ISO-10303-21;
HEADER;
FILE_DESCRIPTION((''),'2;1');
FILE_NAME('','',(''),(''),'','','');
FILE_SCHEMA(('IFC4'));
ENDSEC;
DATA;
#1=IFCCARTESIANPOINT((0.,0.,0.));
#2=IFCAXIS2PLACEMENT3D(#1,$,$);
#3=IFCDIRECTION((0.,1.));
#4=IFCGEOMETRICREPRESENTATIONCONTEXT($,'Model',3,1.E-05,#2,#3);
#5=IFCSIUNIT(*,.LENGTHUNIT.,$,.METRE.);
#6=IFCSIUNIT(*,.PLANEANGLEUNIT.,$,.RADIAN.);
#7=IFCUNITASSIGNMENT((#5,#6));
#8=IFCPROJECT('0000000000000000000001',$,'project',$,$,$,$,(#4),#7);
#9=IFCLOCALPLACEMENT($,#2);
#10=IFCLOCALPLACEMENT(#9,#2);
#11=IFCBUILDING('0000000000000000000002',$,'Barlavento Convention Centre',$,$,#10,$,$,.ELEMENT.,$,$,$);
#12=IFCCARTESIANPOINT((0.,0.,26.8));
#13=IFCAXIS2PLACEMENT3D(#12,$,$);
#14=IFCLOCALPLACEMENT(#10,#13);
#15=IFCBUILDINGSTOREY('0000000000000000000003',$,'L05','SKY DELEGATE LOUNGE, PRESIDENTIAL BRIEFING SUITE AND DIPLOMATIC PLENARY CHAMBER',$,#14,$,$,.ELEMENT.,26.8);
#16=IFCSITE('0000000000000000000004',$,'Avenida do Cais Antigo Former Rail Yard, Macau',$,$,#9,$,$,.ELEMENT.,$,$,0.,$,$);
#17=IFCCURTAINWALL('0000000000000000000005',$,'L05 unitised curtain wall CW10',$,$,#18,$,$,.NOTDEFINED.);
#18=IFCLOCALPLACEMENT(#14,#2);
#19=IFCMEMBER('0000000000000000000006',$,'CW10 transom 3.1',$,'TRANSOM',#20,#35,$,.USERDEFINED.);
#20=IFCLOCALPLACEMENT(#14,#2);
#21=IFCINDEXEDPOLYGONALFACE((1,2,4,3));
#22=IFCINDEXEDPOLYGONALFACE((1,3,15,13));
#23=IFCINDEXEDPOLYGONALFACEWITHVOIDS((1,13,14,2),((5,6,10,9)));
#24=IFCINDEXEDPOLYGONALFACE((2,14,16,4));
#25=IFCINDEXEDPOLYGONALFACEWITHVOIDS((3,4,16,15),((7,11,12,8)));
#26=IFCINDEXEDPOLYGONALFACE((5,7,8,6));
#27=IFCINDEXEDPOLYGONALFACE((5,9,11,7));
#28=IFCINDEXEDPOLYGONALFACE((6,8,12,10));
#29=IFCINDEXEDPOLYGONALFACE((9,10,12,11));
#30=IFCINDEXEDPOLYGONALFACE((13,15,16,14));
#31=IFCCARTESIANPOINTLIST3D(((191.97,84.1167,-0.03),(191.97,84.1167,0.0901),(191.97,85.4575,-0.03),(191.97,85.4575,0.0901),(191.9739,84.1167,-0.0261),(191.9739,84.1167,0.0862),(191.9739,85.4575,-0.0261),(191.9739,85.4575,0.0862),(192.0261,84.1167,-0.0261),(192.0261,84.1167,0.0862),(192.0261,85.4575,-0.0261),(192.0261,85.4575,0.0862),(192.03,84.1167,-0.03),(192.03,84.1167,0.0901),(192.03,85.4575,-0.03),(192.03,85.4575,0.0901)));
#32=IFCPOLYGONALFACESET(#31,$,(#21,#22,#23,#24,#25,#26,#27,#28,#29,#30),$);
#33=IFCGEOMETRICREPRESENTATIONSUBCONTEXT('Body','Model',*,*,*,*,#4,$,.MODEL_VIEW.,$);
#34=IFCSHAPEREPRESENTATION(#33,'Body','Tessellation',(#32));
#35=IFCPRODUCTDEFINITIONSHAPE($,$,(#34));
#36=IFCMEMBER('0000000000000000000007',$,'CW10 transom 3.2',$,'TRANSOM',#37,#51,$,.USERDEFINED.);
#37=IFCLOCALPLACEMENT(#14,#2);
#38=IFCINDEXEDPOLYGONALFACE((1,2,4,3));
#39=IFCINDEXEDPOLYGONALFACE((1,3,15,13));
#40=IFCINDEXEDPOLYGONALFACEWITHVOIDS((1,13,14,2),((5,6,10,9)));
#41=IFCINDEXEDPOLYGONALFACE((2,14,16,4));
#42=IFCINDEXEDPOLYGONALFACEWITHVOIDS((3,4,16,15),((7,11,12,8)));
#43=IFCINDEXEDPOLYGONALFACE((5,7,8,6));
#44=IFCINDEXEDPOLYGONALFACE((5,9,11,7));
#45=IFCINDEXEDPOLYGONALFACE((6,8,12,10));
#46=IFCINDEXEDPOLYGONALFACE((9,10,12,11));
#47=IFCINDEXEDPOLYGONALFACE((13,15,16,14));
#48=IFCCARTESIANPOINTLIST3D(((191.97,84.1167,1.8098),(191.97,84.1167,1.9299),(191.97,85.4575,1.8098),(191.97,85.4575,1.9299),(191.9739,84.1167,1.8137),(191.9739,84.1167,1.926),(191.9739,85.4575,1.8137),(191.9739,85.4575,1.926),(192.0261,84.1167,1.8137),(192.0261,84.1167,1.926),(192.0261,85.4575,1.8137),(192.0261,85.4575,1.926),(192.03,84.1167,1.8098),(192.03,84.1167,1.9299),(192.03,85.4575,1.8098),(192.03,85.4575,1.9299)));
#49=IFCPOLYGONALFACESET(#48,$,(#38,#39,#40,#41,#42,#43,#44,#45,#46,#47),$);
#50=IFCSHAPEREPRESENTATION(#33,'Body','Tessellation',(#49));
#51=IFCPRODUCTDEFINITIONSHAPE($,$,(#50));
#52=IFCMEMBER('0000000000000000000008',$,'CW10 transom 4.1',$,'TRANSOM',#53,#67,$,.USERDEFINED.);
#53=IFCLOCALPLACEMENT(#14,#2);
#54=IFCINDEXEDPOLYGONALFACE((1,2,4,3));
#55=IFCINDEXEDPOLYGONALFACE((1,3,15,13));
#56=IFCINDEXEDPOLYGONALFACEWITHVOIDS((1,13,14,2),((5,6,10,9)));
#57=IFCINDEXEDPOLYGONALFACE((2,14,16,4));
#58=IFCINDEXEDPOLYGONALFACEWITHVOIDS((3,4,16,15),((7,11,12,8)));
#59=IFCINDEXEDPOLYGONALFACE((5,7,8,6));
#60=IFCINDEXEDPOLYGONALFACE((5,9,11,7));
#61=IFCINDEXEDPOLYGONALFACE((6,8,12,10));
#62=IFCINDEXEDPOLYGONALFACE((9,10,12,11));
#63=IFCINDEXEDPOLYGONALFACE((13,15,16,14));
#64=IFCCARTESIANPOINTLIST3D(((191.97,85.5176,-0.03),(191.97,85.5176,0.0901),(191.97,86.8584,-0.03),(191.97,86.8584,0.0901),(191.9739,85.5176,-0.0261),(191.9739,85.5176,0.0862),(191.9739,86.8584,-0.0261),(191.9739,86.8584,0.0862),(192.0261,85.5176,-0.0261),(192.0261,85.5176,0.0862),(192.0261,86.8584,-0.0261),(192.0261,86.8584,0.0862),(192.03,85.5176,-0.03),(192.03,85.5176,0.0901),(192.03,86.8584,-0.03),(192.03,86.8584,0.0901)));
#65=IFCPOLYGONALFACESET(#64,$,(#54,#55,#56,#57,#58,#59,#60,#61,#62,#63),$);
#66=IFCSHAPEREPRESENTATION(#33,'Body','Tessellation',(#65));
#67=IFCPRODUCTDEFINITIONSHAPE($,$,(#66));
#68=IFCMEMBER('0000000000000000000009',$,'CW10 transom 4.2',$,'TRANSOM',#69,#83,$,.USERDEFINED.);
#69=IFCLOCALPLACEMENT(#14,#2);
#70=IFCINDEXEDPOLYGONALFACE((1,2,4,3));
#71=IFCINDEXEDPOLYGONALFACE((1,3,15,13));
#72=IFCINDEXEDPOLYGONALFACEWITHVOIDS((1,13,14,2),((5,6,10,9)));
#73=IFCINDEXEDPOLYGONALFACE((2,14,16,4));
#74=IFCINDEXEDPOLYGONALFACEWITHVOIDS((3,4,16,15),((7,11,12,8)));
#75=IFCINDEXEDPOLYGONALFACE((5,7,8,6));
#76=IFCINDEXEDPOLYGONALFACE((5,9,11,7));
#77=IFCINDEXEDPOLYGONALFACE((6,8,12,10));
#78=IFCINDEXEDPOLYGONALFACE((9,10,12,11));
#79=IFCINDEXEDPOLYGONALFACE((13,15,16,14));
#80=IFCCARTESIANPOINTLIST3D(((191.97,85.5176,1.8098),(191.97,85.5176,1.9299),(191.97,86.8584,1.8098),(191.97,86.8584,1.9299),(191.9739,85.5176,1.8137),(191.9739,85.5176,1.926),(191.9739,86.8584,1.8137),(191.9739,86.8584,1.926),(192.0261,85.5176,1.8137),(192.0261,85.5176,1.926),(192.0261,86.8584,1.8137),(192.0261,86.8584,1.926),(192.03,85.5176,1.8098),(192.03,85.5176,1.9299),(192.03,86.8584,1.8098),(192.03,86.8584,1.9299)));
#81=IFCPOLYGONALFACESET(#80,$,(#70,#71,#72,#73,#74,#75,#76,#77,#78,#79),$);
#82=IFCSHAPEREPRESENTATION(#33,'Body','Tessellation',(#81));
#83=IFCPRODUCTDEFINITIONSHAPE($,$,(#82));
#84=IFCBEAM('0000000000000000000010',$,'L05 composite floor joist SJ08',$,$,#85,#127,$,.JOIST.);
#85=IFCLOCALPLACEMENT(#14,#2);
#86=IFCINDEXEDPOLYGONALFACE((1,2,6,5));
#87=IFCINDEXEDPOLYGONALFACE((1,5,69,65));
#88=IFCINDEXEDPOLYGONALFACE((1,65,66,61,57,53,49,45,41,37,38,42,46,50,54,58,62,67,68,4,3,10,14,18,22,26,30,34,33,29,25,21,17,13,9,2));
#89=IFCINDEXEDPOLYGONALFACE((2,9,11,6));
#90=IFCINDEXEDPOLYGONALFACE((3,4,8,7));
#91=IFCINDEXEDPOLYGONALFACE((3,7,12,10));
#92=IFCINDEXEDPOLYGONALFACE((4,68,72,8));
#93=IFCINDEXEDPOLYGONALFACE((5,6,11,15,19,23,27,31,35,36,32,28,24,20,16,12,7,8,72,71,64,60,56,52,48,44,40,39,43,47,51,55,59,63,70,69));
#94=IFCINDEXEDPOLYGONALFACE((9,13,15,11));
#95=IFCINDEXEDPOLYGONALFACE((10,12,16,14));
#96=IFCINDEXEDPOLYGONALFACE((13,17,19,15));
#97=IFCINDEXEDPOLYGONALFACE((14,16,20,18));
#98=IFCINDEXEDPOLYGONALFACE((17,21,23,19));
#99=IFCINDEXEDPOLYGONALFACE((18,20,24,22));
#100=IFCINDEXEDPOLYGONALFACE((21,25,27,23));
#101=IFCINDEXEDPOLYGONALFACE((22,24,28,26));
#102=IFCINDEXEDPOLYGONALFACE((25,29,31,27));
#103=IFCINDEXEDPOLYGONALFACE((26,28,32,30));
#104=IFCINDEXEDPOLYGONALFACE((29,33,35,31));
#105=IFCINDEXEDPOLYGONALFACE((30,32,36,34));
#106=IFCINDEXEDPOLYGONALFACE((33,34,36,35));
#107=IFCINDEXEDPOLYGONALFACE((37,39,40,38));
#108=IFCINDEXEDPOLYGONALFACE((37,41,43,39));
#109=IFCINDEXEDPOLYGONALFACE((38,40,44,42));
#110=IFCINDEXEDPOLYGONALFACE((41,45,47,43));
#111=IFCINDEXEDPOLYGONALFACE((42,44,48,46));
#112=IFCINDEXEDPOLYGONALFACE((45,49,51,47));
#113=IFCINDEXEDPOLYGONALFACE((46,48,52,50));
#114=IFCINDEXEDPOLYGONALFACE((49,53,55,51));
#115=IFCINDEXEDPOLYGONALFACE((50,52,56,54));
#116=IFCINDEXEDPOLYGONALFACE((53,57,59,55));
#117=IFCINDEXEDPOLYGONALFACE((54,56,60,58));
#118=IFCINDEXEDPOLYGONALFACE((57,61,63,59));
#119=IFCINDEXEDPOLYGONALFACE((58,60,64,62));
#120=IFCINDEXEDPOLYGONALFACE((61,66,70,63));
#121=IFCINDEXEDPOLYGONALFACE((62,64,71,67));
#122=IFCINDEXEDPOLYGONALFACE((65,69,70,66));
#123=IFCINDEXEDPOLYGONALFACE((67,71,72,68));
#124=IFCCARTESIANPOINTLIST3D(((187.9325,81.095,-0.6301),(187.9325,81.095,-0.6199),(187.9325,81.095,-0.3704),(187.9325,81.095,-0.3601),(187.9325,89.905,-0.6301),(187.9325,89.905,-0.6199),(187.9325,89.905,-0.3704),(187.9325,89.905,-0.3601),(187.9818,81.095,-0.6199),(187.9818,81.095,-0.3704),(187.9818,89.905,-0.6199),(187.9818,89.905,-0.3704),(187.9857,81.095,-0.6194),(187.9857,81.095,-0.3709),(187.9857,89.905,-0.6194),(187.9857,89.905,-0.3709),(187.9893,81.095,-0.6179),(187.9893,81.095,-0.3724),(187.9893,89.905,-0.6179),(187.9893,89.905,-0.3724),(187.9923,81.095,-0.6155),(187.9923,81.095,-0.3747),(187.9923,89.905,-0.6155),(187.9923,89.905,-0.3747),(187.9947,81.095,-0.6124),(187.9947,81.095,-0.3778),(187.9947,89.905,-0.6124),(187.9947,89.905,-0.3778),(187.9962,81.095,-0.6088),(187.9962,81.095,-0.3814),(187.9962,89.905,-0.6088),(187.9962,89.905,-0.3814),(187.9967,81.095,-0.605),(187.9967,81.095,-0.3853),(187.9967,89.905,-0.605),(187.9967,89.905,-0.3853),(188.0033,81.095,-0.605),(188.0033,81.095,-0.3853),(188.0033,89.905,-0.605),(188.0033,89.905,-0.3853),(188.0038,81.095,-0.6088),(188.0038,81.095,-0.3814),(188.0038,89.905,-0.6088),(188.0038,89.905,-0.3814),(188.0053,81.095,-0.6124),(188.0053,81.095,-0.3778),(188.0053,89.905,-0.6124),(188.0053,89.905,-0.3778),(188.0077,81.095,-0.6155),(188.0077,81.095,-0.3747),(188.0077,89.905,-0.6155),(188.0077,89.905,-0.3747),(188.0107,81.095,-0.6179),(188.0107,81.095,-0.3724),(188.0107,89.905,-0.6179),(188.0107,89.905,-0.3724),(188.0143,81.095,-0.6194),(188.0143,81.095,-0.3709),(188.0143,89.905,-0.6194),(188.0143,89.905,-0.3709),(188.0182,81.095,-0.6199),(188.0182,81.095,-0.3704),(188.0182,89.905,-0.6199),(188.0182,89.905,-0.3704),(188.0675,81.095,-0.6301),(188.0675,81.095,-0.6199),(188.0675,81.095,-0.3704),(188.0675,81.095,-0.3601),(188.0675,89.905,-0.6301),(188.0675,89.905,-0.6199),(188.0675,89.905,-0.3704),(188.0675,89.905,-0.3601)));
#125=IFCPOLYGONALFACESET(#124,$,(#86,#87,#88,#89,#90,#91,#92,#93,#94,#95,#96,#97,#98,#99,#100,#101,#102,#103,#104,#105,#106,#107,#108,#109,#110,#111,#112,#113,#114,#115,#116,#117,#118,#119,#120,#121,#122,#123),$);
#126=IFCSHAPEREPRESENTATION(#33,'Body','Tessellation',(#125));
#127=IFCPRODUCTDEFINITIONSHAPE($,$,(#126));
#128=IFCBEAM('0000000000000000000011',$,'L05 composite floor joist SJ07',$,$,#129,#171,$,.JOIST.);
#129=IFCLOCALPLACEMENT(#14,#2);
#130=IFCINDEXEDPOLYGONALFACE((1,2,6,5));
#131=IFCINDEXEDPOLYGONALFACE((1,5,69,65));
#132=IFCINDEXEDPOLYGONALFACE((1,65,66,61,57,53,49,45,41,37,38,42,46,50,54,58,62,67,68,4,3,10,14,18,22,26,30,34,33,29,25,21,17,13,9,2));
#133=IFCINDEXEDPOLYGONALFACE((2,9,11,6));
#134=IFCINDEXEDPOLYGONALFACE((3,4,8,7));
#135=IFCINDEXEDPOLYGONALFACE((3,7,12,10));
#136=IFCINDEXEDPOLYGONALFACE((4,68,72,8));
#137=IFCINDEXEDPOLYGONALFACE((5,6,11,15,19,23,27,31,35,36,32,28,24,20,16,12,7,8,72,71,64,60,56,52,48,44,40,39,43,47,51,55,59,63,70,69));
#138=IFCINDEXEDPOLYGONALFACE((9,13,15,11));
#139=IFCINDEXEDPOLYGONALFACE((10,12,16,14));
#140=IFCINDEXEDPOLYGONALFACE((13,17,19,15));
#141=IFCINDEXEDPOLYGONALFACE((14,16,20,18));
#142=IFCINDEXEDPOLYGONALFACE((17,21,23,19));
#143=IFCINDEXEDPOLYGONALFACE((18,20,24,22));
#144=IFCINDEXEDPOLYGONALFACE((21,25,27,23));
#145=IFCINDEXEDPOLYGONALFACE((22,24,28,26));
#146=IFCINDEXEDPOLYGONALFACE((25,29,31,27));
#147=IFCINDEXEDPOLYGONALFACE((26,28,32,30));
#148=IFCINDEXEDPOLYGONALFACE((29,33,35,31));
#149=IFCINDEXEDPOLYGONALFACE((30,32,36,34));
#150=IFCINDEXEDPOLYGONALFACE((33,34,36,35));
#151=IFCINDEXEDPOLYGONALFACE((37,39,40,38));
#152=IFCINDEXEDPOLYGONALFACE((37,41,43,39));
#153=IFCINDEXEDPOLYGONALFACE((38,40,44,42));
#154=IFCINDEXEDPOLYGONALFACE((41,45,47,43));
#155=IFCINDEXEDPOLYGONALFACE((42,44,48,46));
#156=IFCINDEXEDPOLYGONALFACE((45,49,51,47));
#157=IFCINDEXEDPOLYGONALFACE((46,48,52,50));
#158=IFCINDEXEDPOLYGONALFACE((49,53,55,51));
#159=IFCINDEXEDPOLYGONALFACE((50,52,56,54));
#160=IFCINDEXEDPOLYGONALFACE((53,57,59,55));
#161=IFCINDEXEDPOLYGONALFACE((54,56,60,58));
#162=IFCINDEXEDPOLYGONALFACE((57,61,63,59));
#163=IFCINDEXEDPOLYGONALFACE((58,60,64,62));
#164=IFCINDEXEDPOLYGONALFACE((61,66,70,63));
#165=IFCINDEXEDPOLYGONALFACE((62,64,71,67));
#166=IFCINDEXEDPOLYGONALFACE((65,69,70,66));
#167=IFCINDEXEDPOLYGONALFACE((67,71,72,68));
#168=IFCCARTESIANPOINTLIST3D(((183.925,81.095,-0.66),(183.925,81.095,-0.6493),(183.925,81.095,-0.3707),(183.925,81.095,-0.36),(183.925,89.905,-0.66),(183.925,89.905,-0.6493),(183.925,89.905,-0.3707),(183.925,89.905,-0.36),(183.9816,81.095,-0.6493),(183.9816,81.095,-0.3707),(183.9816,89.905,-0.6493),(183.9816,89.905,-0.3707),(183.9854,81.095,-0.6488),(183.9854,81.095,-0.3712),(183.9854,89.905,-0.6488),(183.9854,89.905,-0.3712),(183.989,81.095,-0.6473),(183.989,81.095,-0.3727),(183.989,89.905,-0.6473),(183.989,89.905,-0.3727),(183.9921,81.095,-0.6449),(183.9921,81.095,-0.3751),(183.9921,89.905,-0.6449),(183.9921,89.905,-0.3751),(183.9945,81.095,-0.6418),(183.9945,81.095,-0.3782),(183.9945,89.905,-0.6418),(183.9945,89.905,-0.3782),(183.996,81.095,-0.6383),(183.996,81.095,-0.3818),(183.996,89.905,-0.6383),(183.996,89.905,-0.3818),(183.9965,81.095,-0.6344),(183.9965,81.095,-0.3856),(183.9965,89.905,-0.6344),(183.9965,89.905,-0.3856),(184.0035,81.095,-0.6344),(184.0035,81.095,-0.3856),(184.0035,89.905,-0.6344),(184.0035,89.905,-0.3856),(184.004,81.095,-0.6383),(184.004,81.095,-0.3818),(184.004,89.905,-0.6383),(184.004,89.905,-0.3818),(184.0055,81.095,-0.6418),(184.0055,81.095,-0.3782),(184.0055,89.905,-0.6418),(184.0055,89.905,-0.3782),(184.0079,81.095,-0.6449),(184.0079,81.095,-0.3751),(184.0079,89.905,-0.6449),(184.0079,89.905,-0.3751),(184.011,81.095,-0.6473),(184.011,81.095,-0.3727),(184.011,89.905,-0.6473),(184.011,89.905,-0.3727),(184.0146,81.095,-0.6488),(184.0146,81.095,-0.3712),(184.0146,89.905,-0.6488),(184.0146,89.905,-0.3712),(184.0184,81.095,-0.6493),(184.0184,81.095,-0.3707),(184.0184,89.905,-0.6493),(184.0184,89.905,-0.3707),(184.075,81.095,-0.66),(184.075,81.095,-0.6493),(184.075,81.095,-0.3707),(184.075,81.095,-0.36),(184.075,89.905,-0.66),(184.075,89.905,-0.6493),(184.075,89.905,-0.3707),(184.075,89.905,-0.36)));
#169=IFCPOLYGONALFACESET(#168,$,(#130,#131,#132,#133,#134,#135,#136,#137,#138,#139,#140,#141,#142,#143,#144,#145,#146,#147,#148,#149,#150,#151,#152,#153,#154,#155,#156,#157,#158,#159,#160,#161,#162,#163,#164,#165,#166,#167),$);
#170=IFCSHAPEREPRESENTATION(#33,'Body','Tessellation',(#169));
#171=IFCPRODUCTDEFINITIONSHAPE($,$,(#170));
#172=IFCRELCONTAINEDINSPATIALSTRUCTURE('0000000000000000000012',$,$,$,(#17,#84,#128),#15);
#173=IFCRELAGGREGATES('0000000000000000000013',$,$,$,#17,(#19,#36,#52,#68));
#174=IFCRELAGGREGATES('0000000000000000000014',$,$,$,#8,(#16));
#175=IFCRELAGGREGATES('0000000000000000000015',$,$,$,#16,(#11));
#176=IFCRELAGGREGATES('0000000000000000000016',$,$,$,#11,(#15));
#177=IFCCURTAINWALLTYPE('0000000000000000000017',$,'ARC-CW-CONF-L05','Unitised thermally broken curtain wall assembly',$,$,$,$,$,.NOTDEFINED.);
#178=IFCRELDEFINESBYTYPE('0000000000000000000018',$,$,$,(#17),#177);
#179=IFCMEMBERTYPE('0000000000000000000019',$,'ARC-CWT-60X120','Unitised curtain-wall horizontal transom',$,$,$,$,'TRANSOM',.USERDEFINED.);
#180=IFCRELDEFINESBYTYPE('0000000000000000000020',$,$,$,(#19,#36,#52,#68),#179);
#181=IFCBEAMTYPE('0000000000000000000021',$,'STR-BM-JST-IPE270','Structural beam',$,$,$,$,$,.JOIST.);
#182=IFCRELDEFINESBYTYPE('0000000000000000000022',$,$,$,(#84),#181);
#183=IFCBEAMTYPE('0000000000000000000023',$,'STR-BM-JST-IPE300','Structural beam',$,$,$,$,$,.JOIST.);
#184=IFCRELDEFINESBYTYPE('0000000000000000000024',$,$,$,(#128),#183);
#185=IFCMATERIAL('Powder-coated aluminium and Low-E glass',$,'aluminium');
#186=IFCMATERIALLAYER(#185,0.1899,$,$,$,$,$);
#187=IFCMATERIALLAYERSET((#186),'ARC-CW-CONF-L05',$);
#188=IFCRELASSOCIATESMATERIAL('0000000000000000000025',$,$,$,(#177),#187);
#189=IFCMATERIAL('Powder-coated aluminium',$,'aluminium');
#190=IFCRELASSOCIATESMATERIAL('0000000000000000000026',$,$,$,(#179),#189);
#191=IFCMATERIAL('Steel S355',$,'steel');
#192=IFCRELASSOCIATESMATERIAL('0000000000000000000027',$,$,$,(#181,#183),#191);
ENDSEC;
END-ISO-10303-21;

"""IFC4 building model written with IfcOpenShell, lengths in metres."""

from ifc_helpers import new_model, si_unit, direction, frame, origin, origin_2d, place, context, subcontext, project, spatial, hollow_rectangle, i_section, extrude, material, layer, layer_set, material_profile, profile_set, type_object, element, aggregate, save


model = new_model("IFC4")

# Units and contexts
model_context = context("Model", 3, precision=1e-05, world=origin(), true_north=direction((0.0, 1.0)))
body_context = subcontext(model_context, "Body", "Model", "MODEL_VIEW")
ifc_project = project(units=[si_unit("LENGTHUNIT", "METRE"), si_unit("PLANEANGLEUNIT", "RADIAN")], contexts=[model_context])

# Site, building, storey
site_placement = place(None, origin())
site = spatial("IfcSite", under=ifc_project, at=site_placement, Name="Avenida do Cais Antigo Former Rail Yard, Macau", CompositionType="ELEMENT", RefElevation=0.0)
building_placement = place(site_placement, origin())
building = spatial("IfcBuilding", under=site, at=building_placement, Name="Barlavento Convention Centre", CompositionType="ELEMENT")
storey_placement = place(building_placement, frame((0.0, 0.0, 26.8)))
storey = spatial("IfcBuildingStorey", under=building, at=storey_placement, Name="L05", Description="SKY DELEGATE LOUNGE, PRESIDENTIAL BRIEFING SUITE AND DIPLOMATIC PLENARY CHAMBER", CompositionType="ELEMENT", Elevation=26.8)

# Shared definitions
ifc_material_1 = material(Name="Steel S355", Category="steel")

# Curtain wall, members
ifc_material_2 = material(Name="Powder-coated aluminium and Low-E glass", Category="aluminium")
ifc_layer_1 = layer(ifc_material_2, 0.1899)
ifc_layer_set_1 = layer_set([ifc_layer_1], Name="ARC-CW-CONF-L05")
curtain_wall_type = type_object("IfcCurtainWallType", Name="ARC-CW-CONF-L05", Description="Unitised thermally broken curtain wall assembly", PredefinedType="NOTDEFINED", material=ifc_layer_set_1)
curtain_wall_placement = place(storey_placement, origin())
curtain_wall = element("IfcCurtainWall", 1, at=curtain_wall_placement, inside=storey, type_object=curtain_wall_type, Name="L05 unitised curtain wall CW10", PredefinedType="NOTDEFINED")
ifc_material_3 = material(Name="Powder-coated aluminium", Category="aluminium")
ifc_material_profile_1 = material_profile(ifc_material_3, hollow_rectangle(XDim=0.0601, YDim=0.1201, WallThickness=0.0039, at=origin_2d()), Name="AL-TRAN 60x120x4")
ifc_profile_set_1 = profile_set([ifc_material_profile_1], Name="Powder-coated aluminium")
member_type_1 = type_object("IfcMemberType", Name="ARC-CWT-60X120", Description="Unitised curtain-wall horizontal transom", ElementType="TRANSOM", PredefinedType="USERDEFINED", material=ifc_profile_set_1)
member_1_placement = place(storey_placement, frame((192.0, 84.1167, 0.03), z_axis=(0.0, 1.0, 0.0), x_axis=(-1.0, 0.0, 0.0)))
member_1 = element("IfcMember", 2, at=member_1_placement, type_object=member_type_1, Name="CW10 transom 3.1", ObjectType="TRANSOM", PredefinedType="USERDEFINED", context=body_context, shape_type="SweptSolid", body=[
    extrude(hollow_rectangle(XDim=0.0601, YDim=0.1201, WallThickness=0.0039, at=origin_2d()), origin(), (0.0, 0.0, 1.0), 1.3408),
])
member_2_placement = place(storey_placement, frame((192.0, 84.1167, 1.8699), z_axis=(0.0, 1.0, 0.0), x_axis=(-1.0, 0.0, 0.0)))
member_2 = element("IfcMember", 3, at=member_2_placement, type_object=member_type_1, Name="CW10 transom 3.2", ObjectType="TRANSOM", PredefinedType="USERDEFINED", context=body_context, shape_type="SweptSolid", body=[
    extrude(hollow_rectangle(XDim=0.0601, YDim=0.1201, WallThickness=0.0039, at=origin_2d()), origin(), (0.0, 0.0, 1.0), 1.3408),
])
member_3_placement = place(storey_placement, frame((192.0, 85.5176, 0.03), z_axis=(0.0, 1.0, 0.0), x_axis=(-1.0, 0.0, 0.0)))
member_3 = element("IfcMember", 4, at=member_3_placement, type_object=member_type_1, Name="CW10 transom 4.1", ObjectType="TRANSOM", PredefinedType="USERDEFINED", context=body_context, shape_type="SweptSolid", body=[
    extrude(hollow_rectangle(XDim=0.0601, YDim=0.1201, WallThickness=0.0039, at=origin_2d()), origin(), (0.0, 0.0, 1.0), 1.3408),
])
member_4_placement = place(storey_placement, frame((192.0, 85.5176, 1.8699), z_axis=(0.0, 1.0, 0.0), x_axis=(-1.0, 0.0, 0.0)))
member_4 = element("IfcMember", 5, at=member_4_placement, type_object=member_type_1, Name="CW10 transom 4.2", ObjectType="TRANSOM", PredefinedType="USERDEFINED", context=body_context, shape_type="SweptSolid", body=[
    extrude(hollow_rectangle(XDim=0.0601, YDim=0.1201, WallThickness=0.0039, at=origin_2d()), origin(), (0.0, 0.0, 1.0), 1.3408),
])

# Beams
ifc_material_profile_2 = material_profile(ifc_material_1, i_section(OverallWidth=0.135, OverallDepth=0.27, WebThickness=0.0066, FlangeThickness=0.0103, FilletRadius=0.0149, at=origin_2d()), Name="IPE 270")
ifc_profile_set_2 = profile_set([ifc_material_profile_2], Name="Steel S355")
beam_type_1 = type_object("IfcBeamType", Name="STR-BM-JST-IPE270", Description="Structural beam", PredefinedType="JOIST", material=ifc_profile_set_2)
beam_1_placement = place(storey_placement, frame((188.0, 81.095, -0.4951), z_axis=(0.0, 1.0, 0.0), x_axis=(-1.0, 0.0, 0.0)))
element("IfcBeam", 6, at=beam_1_placement, inside=storey, type_object=beam_type_1, Name="L05 composite floor joist SJ08", PredefinedType="JOIST", context=body_context, shape_type="SweptSolid", body=[
    extrude(i_section(OverallWidth=0.135, OverallDepth=0.27, WebThickness=0.0066, FlangeThickness=0.0103, FilletRadius=0.0149, at=origin_2d()), origin(), (0.0, 0.0, 1.0), 8.8101),
])
ifc_material_profile_3 = material_profile(ifc_material_1, i_section(OverallWidth=0.1499, OverallDepth=0.3, WebThickness=0.0071, FlangeThickness=0.0107, FilletRadius=0.0149, at=origin_2d()), Name="IPE 300")
ifc_profile_set_3 = profile_set([ifc_material_profile_3], Name="Steel S355")
beam_type_2 = type_object("IfcBeamType", Name="STR-BM-JST-IPE300", Description="Structural beam", PredefinedType="JOIST", material=ifc_profile_set_3)
beam_2_placement = place(storey_placement, frame((184.0, 81.095, -0.51), z_axis=(0.0, 1.0, 0.0), x_axis=(-1.0, 0.0, 0.0)))
element("IfcBeam", 7, at=beam_2_placement, inside=storey, type_object=beam_type_2, Name="L05 composite floor joist SJ07", PredefinedType="JOIST", context=body_context, shape_type="SweptSolid", body=[
    extrude(i_section(OverallWidth=0.1499, OverallDepth=0.3, WebThickness=0.0071, FlangeThickness=0.0107, FilletRadius=0.0149, at=origin_2d()), origin(), (0.0, 0.0, 1.0), 8.8101),
])

aggregate(curtain_wall, [member_1, member_2, member_3, member_4])

save(model, "model.ifc")
